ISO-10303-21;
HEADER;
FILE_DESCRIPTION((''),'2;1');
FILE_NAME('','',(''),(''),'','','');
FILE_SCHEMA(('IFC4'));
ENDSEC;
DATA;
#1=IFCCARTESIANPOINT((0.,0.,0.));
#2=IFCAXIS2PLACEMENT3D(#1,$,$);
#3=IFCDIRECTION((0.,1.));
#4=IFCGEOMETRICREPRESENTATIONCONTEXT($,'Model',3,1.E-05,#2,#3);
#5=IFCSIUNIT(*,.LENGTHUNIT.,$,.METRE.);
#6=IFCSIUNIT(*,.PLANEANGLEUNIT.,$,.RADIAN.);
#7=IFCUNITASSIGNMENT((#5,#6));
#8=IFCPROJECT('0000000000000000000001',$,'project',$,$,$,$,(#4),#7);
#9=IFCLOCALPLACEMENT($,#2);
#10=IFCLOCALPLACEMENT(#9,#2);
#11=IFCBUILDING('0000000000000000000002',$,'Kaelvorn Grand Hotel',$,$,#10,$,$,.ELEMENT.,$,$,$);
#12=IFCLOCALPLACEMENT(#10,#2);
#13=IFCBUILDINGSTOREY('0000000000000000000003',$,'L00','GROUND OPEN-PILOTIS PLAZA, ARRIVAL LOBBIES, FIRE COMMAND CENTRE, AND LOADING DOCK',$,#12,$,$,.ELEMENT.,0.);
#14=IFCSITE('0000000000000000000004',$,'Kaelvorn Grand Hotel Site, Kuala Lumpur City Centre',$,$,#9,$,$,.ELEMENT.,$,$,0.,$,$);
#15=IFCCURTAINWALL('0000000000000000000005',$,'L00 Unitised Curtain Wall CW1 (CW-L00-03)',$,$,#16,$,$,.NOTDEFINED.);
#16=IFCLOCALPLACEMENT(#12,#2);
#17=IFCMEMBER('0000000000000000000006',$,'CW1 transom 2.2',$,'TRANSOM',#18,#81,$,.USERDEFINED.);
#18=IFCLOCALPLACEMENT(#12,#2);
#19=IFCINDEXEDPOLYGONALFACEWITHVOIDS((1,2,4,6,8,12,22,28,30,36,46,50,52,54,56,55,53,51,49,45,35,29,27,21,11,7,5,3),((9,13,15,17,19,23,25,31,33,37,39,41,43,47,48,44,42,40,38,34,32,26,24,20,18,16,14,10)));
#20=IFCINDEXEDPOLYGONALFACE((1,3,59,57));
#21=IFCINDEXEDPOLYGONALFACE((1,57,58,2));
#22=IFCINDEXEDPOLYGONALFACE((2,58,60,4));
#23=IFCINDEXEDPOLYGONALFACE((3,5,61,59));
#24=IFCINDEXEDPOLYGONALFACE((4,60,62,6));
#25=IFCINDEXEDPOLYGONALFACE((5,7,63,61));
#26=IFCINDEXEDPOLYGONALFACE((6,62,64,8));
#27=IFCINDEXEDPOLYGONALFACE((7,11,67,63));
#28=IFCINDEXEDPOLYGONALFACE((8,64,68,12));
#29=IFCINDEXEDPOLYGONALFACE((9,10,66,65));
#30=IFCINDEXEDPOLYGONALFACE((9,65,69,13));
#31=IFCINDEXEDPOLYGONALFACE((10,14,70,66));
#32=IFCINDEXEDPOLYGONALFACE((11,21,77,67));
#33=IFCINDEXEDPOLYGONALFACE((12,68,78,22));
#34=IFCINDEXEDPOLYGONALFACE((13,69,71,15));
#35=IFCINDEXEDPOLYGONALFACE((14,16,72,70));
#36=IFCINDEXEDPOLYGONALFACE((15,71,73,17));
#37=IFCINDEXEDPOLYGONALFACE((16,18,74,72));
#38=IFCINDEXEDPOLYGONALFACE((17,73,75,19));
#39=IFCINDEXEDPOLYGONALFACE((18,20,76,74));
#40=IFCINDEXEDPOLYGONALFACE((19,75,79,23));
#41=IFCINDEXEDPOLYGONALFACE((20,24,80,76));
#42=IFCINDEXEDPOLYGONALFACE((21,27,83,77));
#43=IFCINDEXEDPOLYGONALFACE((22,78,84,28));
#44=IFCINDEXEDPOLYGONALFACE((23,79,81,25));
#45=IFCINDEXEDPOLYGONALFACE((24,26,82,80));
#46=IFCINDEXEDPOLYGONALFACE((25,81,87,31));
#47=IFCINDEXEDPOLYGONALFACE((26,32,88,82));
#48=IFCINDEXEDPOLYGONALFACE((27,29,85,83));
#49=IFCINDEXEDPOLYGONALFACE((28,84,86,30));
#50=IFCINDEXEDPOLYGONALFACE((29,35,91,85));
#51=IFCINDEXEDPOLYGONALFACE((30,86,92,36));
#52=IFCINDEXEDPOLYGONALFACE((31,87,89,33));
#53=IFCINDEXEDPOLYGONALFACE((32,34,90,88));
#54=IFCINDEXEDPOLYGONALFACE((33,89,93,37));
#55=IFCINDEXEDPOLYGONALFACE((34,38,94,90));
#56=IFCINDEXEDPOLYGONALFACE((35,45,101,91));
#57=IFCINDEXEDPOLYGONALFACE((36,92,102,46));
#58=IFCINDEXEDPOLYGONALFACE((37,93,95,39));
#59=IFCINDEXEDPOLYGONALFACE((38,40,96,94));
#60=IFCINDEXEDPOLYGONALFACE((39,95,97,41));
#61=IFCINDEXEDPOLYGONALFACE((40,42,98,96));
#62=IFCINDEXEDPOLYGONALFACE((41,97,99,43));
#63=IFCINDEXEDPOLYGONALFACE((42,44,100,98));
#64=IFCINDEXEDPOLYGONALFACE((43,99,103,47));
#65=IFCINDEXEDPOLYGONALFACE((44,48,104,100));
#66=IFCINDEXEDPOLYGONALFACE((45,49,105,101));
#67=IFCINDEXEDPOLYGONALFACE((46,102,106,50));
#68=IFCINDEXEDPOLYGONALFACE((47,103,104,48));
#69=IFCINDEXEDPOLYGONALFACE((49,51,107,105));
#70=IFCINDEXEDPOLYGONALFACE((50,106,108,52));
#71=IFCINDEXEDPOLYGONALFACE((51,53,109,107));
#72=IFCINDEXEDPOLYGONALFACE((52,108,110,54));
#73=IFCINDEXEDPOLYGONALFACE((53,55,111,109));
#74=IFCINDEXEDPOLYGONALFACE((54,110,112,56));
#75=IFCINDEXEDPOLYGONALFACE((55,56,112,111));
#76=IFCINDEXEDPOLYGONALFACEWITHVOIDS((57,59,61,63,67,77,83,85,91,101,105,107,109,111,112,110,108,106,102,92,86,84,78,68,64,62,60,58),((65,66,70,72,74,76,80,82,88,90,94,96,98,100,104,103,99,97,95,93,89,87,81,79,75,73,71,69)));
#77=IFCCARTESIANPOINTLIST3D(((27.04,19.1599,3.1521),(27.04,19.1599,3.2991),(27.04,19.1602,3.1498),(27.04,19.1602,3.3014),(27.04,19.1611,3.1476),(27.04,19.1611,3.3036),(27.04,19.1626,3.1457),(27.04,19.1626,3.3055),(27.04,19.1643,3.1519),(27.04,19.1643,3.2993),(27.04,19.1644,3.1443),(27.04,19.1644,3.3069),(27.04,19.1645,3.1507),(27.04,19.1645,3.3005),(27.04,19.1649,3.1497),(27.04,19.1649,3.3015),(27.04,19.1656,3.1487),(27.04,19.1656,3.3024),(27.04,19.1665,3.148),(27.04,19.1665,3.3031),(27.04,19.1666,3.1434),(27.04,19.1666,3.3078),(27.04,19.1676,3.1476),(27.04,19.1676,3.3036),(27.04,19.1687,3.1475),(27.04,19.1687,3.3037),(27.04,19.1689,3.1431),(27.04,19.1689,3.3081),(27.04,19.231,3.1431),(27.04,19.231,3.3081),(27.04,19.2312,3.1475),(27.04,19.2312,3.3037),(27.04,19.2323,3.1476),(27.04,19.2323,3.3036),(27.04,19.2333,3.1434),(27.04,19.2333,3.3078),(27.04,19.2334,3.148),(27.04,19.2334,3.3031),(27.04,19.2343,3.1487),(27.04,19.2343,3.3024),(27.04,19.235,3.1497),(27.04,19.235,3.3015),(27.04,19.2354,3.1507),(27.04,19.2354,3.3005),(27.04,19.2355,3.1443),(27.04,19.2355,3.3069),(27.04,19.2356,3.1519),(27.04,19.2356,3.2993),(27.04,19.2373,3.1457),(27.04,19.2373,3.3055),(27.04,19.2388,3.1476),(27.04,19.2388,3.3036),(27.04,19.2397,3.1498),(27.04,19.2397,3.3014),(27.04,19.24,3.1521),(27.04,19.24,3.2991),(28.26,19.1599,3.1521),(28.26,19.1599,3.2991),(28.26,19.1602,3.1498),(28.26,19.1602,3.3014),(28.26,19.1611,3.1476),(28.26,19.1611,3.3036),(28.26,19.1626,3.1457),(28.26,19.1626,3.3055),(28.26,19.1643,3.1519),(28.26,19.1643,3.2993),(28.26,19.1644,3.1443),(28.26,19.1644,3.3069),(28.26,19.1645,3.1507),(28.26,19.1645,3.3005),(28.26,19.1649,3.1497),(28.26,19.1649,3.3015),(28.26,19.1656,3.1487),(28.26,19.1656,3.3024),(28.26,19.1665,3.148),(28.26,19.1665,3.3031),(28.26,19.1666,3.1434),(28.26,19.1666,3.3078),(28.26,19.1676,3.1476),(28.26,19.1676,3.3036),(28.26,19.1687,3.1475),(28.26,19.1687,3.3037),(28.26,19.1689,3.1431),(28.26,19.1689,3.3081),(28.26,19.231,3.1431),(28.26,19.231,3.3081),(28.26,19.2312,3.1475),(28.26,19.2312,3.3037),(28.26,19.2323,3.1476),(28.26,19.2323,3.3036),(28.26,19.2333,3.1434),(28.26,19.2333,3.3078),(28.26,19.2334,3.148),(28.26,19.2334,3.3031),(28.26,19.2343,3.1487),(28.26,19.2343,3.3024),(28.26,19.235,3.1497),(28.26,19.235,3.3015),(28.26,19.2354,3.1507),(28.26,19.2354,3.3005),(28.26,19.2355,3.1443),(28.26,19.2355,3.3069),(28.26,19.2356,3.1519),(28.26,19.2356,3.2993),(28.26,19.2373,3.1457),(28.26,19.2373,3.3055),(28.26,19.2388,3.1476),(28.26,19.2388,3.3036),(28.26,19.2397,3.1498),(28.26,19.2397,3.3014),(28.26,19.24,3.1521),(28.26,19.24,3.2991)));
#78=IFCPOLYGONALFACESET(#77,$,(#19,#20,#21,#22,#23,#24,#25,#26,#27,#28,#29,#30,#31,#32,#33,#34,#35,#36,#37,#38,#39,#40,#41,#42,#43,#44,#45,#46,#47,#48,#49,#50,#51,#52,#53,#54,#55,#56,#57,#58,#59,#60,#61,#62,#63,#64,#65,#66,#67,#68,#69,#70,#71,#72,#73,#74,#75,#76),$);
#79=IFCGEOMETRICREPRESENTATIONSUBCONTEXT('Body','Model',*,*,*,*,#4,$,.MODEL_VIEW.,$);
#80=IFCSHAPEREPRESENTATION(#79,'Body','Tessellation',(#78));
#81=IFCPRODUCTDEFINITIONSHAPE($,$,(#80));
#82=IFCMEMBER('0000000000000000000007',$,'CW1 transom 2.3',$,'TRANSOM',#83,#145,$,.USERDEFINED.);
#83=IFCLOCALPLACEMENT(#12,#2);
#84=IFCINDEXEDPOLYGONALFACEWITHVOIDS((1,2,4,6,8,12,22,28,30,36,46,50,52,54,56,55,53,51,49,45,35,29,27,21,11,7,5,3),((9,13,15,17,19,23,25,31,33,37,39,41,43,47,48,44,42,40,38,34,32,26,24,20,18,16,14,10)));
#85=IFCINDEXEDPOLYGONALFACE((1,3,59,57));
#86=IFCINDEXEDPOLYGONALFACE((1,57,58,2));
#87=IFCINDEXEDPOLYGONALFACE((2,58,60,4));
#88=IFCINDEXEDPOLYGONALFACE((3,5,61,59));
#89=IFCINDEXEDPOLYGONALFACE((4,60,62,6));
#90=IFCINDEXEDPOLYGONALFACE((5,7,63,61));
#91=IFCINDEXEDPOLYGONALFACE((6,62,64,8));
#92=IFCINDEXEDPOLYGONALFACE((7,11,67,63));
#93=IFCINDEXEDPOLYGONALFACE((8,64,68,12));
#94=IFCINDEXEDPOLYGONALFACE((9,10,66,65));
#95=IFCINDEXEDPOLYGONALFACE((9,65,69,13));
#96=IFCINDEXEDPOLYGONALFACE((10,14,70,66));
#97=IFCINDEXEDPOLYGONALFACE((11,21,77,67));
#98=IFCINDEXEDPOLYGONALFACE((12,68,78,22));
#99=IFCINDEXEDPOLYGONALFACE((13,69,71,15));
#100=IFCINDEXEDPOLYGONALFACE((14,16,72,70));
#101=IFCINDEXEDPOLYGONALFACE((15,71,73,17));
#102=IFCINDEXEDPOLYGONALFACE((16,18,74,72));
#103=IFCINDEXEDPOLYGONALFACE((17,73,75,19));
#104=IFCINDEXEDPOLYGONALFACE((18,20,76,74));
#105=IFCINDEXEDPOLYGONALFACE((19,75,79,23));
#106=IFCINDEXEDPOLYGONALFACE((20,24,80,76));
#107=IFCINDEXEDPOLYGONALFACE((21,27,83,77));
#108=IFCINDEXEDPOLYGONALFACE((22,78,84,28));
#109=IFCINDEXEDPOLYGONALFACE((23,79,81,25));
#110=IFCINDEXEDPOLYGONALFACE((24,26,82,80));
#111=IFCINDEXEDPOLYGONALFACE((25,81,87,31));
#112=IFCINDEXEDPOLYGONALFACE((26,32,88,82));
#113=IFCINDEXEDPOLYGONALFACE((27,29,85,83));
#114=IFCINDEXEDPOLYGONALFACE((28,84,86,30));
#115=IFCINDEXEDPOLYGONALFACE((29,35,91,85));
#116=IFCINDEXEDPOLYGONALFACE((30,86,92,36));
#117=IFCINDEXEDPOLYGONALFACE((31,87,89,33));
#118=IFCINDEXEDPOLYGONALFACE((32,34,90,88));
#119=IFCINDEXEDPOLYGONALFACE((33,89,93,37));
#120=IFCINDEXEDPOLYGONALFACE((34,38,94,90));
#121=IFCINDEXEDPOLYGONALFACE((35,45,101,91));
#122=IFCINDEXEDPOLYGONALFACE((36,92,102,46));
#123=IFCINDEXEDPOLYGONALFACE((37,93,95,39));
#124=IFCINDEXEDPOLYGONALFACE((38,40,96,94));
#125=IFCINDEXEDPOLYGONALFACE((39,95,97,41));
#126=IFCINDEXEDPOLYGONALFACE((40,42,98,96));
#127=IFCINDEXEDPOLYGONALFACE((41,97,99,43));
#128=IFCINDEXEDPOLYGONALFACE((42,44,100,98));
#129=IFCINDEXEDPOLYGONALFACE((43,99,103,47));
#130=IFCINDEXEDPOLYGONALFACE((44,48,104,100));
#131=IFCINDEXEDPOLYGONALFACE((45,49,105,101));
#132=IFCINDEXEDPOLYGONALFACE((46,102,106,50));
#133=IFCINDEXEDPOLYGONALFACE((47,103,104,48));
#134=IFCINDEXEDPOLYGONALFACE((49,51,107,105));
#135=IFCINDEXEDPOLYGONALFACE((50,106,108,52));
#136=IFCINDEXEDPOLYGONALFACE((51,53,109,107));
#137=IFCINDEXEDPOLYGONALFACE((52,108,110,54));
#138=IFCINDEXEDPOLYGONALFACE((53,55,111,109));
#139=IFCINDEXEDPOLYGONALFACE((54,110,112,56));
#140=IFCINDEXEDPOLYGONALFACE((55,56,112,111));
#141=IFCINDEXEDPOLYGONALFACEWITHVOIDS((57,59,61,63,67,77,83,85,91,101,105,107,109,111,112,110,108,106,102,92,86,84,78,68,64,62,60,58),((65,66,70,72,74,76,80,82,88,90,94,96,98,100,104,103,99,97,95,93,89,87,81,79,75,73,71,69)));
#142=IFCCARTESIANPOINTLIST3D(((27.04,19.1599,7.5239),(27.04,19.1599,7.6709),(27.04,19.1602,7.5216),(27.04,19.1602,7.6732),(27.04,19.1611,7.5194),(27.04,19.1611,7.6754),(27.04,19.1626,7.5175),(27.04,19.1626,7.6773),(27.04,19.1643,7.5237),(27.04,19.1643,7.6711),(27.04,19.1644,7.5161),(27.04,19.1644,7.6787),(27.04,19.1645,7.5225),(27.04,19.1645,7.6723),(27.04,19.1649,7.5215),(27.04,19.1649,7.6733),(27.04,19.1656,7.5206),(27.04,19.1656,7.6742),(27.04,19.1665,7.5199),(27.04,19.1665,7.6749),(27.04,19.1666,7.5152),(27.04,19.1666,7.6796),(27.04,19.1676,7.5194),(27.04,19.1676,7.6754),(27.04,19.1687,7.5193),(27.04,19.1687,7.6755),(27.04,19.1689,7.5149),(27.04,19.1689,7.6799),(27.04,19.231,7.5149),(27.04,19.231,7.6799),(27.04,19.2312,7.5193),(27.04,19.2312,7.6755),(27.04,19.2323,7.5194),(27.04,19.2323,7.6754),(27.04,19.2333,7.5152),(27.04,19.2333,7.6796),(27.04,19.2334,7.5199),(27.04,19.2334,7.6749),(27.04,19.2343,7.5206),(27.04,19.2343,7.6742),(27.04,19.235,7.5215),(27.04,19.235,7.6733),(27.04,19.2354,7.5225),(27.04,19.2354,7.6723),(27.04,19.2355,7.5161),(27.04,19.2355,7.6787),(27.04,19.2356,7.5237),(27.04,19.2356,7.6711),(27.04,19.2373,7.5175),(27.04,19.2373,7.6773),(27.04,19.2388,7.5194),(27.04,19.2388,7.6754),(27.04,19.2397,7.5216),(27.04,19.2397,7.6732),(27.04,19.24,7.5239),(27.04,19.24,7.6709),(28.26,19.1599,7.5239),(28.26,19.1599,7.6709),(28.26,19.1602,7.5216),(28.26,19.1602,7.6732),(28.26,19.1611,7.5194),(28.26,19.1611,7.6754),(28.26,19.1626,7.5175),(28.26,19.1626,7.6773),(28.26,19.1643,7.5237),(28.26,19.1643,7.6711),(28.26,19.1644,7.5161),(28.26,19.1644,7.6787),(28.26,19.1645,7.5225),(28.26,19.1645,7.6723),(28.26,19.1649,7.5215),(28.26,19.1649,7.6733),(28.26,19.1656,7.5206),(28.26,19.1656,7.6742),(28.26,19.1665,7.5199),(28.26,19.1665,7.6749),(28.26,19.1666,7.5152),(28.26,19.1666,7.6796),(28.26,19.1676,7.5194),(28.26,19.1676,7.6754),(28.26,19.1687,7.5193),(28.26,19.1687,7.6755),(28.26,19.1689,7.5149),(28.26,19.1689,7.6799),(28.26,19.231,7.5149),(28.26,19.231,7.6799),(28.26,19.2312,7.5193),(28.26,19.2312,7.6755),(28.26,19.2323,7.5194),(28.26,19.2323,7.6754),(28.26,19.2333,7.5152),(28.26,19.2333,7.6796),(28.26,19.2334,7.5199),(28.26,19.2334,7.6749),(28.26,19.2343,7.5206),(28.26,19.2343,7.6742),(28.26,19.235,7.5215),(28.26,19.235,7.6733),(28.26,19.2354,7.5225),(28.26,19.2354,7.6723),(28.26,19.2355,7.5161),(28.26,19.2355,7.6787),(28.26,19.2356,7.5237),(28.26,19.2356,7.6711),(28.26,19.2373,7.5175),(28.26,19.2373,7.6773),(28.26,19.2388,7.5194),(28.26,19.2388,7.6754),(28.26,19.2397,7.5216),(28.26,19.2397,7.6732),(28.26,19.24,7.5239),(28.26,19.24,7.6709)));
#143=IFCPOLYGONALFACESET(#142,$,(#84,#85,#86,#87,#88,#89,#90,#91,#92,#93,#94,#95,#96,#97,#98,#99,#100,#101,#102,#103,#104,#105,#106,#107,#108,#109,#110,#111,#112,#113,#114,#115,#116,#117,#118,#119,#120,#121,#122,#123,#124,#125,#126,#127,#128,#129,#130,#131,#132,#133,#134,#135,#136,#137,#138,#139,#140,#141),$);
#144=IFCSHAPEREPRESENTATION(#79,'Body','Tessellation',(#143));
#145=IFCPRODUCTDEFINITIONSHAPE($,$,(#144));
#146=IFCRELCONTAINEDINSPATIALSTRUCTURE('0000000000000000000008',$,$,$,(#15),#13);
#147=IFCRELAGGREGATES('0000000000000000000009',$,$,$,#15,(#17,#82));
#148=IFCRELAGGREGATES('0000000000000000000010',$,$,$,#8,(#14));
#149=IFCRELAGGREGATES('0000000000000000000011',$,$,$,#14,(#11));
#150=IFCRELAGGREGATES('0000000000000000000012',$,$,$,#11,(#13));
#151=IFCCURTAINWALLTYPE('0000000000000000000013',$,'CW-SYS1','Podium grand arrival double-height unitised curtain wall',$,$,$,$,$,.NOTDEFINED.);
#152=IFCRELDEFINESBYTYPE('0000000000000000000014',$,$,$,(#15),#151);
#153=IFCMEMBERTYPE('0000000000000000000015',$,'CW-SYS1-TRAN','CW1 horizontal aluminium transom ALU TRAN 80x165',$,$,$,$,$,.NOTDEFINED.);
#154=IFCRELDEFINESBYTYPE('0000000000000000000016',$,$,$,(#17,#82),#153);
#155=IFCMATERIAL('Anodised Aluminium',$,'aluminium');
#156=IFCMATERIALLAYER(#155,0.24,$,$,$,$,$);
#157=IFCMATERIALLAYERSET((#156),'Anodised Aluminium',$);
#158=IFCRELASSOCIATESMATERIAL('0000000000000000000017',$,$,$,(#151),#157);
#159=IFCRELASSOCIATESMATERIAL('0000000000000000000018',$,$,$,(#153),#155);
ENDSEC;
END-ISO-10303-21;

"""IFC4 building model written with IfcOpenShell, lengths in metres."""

from ifc_helpers import new_model, si_unit, direction, frame, origin, origin_2d, place, context, subcontext, project, spatial, hollow_rectangle, extrude, material, layer, layer_set, material_profile, profile_set, type_object, element, aggregate, save


model = new_model("IFC4")

# Units and contexts
model_context = context("Model", 3, precision=1e-05, world=origin(), true_north=direction((0.0, 1.0)))
body_context = subcontext(model_context, "Body", "Model", "MODEL_VIEW")
ifc_project = project(units=[si_unit("LENGTHUNIT", "METRE"), si_unit("PLANEANGLEUNIT", "RADIAN")], contexts=[model_context])

# Site, building, storey
site_placement = place(None, origin())
site = spatial("IfcSite", under=ifc_project, at=site_placement, Name="Kaelvorn Grand Hotel Site, Kuala Lumpur City Centre", CompositionType="ELEMENT", RefElevation=0.0)
building_placement = place(site_placement, origin())
building = spatial("IfcBuilding", under=site, at=building_placement, Name="Kaelvorn Grand Hotel", CompositionType="ELEMENT")
storey_placement = place(building_placement, origin())
storey = spatial("IfcBuildingStorey", under=building, at=storey_placement, Name="L00", Description="GROUND OPEN-PILOTIS PLAZA, ARRIVAL LOBBIES, FIRE COMMAND CENTRE, AND LOADING DOCK", CompositionType="ELEMENT", Elevation=0.0)

# Curtain wall, members
ifc_material_1 = material(Name="Anodised Aluminium", Category="aluminium")
ifc_layer_1 = layer(ifc_material_1, 0.24)
ifc_layer_set_1 = layer_set([ifc_layer_1], Name="Anodised Aluminium")
curtain_wall_type = type_object("IfcCurtainWallType", Name="CW-SYS1", Description="Podium grand arrival double-height unitised curtain wall", PredefinedType="NOTDEFINED", material=ifc_layer_set_1)
curtain_wall_placement = place(storey_placement, origin())
curtain_wall = element("IfcCurtainWall", 1, at=curtain_wall_placement, inside=storey, type_object=curtain_wall_type, Name="L00 Unitised Curtain Wall CW1 (CW-L00-03)", PredefinedType="NOTDEFINED")
ifc_material_profile_1 = material_profile(ifc_material_1, hollow_rectangle(XDim=0.0801, YDim=0.165, WallThickness=0.0044, InnerFilletRadius=0.0044, OuterFilletRadius=0.009, at=origin_2d()), Name="ALU TRAN 80x165")
ifc_profile_set_1 = profile_set([ifc_material_profile_1], Name="Anodised Aluminium")
member_type_1 = type_object("IfcMemberType", Name="CW-SYS1-TRAN", Description="CW1 horizontal aluminium transom ALU TRAN 80x165", PredefinedType="NOTDEFINED", material=ifc_profile_set_1)
member_1_placement = place(storey_placement, frame((28.26, 19.2, 3.2256), z_axis=(-1.0, 0.0, 0.0), x_axis=(0.0, -1.0, 0.0)))
member_1 = element("IfcMember", 2, at=member_1_placement, type_object=member_type_1, Name="CW1 transom 2.2", ObjectType="TRANSOM", PredefinedType="USERDEFINED", context=body_context, shape_type="SweptSolid", body=[
    extrude(hollow_rectangle(XDim=0.0801, YDim=0.165, WallThickness=0.0044, InnerFilletRadius=0.0044, OuterFilletRadius=0.009, at=origin_2d()), origin(), (0.0, 0.0, 1.0), 1.22),
])
member_2_placement = place(storey_placement, frame((28.26, 19.2, 7.5974), z_axis=(-1.0, 0.0, 0.0), x_axis=(0.0, -1.0, 0.0)))
member_2 = element("IfcMember", 3, at=member_2_placement, type_object=member_type_1, Name="CW1 transom 2.3", ObjectType="TRANSOM", PredefinedType="USERDEFINED", context=body_context, shape_type="SweptSolid", body=[
    extrude(hollow_rectangle(XDim=0.0801, YDim=0.165, WallThickness=0.0044, InnerFilletRadius=0.0044, OuterFilletRadius=0.009, at=origin_2d()), origin(), (0.0, 0.0, 1.0), 1.22),
])
aggregate(curtain_wall, [member_1, member_2])

save(model, "model.ifc")
